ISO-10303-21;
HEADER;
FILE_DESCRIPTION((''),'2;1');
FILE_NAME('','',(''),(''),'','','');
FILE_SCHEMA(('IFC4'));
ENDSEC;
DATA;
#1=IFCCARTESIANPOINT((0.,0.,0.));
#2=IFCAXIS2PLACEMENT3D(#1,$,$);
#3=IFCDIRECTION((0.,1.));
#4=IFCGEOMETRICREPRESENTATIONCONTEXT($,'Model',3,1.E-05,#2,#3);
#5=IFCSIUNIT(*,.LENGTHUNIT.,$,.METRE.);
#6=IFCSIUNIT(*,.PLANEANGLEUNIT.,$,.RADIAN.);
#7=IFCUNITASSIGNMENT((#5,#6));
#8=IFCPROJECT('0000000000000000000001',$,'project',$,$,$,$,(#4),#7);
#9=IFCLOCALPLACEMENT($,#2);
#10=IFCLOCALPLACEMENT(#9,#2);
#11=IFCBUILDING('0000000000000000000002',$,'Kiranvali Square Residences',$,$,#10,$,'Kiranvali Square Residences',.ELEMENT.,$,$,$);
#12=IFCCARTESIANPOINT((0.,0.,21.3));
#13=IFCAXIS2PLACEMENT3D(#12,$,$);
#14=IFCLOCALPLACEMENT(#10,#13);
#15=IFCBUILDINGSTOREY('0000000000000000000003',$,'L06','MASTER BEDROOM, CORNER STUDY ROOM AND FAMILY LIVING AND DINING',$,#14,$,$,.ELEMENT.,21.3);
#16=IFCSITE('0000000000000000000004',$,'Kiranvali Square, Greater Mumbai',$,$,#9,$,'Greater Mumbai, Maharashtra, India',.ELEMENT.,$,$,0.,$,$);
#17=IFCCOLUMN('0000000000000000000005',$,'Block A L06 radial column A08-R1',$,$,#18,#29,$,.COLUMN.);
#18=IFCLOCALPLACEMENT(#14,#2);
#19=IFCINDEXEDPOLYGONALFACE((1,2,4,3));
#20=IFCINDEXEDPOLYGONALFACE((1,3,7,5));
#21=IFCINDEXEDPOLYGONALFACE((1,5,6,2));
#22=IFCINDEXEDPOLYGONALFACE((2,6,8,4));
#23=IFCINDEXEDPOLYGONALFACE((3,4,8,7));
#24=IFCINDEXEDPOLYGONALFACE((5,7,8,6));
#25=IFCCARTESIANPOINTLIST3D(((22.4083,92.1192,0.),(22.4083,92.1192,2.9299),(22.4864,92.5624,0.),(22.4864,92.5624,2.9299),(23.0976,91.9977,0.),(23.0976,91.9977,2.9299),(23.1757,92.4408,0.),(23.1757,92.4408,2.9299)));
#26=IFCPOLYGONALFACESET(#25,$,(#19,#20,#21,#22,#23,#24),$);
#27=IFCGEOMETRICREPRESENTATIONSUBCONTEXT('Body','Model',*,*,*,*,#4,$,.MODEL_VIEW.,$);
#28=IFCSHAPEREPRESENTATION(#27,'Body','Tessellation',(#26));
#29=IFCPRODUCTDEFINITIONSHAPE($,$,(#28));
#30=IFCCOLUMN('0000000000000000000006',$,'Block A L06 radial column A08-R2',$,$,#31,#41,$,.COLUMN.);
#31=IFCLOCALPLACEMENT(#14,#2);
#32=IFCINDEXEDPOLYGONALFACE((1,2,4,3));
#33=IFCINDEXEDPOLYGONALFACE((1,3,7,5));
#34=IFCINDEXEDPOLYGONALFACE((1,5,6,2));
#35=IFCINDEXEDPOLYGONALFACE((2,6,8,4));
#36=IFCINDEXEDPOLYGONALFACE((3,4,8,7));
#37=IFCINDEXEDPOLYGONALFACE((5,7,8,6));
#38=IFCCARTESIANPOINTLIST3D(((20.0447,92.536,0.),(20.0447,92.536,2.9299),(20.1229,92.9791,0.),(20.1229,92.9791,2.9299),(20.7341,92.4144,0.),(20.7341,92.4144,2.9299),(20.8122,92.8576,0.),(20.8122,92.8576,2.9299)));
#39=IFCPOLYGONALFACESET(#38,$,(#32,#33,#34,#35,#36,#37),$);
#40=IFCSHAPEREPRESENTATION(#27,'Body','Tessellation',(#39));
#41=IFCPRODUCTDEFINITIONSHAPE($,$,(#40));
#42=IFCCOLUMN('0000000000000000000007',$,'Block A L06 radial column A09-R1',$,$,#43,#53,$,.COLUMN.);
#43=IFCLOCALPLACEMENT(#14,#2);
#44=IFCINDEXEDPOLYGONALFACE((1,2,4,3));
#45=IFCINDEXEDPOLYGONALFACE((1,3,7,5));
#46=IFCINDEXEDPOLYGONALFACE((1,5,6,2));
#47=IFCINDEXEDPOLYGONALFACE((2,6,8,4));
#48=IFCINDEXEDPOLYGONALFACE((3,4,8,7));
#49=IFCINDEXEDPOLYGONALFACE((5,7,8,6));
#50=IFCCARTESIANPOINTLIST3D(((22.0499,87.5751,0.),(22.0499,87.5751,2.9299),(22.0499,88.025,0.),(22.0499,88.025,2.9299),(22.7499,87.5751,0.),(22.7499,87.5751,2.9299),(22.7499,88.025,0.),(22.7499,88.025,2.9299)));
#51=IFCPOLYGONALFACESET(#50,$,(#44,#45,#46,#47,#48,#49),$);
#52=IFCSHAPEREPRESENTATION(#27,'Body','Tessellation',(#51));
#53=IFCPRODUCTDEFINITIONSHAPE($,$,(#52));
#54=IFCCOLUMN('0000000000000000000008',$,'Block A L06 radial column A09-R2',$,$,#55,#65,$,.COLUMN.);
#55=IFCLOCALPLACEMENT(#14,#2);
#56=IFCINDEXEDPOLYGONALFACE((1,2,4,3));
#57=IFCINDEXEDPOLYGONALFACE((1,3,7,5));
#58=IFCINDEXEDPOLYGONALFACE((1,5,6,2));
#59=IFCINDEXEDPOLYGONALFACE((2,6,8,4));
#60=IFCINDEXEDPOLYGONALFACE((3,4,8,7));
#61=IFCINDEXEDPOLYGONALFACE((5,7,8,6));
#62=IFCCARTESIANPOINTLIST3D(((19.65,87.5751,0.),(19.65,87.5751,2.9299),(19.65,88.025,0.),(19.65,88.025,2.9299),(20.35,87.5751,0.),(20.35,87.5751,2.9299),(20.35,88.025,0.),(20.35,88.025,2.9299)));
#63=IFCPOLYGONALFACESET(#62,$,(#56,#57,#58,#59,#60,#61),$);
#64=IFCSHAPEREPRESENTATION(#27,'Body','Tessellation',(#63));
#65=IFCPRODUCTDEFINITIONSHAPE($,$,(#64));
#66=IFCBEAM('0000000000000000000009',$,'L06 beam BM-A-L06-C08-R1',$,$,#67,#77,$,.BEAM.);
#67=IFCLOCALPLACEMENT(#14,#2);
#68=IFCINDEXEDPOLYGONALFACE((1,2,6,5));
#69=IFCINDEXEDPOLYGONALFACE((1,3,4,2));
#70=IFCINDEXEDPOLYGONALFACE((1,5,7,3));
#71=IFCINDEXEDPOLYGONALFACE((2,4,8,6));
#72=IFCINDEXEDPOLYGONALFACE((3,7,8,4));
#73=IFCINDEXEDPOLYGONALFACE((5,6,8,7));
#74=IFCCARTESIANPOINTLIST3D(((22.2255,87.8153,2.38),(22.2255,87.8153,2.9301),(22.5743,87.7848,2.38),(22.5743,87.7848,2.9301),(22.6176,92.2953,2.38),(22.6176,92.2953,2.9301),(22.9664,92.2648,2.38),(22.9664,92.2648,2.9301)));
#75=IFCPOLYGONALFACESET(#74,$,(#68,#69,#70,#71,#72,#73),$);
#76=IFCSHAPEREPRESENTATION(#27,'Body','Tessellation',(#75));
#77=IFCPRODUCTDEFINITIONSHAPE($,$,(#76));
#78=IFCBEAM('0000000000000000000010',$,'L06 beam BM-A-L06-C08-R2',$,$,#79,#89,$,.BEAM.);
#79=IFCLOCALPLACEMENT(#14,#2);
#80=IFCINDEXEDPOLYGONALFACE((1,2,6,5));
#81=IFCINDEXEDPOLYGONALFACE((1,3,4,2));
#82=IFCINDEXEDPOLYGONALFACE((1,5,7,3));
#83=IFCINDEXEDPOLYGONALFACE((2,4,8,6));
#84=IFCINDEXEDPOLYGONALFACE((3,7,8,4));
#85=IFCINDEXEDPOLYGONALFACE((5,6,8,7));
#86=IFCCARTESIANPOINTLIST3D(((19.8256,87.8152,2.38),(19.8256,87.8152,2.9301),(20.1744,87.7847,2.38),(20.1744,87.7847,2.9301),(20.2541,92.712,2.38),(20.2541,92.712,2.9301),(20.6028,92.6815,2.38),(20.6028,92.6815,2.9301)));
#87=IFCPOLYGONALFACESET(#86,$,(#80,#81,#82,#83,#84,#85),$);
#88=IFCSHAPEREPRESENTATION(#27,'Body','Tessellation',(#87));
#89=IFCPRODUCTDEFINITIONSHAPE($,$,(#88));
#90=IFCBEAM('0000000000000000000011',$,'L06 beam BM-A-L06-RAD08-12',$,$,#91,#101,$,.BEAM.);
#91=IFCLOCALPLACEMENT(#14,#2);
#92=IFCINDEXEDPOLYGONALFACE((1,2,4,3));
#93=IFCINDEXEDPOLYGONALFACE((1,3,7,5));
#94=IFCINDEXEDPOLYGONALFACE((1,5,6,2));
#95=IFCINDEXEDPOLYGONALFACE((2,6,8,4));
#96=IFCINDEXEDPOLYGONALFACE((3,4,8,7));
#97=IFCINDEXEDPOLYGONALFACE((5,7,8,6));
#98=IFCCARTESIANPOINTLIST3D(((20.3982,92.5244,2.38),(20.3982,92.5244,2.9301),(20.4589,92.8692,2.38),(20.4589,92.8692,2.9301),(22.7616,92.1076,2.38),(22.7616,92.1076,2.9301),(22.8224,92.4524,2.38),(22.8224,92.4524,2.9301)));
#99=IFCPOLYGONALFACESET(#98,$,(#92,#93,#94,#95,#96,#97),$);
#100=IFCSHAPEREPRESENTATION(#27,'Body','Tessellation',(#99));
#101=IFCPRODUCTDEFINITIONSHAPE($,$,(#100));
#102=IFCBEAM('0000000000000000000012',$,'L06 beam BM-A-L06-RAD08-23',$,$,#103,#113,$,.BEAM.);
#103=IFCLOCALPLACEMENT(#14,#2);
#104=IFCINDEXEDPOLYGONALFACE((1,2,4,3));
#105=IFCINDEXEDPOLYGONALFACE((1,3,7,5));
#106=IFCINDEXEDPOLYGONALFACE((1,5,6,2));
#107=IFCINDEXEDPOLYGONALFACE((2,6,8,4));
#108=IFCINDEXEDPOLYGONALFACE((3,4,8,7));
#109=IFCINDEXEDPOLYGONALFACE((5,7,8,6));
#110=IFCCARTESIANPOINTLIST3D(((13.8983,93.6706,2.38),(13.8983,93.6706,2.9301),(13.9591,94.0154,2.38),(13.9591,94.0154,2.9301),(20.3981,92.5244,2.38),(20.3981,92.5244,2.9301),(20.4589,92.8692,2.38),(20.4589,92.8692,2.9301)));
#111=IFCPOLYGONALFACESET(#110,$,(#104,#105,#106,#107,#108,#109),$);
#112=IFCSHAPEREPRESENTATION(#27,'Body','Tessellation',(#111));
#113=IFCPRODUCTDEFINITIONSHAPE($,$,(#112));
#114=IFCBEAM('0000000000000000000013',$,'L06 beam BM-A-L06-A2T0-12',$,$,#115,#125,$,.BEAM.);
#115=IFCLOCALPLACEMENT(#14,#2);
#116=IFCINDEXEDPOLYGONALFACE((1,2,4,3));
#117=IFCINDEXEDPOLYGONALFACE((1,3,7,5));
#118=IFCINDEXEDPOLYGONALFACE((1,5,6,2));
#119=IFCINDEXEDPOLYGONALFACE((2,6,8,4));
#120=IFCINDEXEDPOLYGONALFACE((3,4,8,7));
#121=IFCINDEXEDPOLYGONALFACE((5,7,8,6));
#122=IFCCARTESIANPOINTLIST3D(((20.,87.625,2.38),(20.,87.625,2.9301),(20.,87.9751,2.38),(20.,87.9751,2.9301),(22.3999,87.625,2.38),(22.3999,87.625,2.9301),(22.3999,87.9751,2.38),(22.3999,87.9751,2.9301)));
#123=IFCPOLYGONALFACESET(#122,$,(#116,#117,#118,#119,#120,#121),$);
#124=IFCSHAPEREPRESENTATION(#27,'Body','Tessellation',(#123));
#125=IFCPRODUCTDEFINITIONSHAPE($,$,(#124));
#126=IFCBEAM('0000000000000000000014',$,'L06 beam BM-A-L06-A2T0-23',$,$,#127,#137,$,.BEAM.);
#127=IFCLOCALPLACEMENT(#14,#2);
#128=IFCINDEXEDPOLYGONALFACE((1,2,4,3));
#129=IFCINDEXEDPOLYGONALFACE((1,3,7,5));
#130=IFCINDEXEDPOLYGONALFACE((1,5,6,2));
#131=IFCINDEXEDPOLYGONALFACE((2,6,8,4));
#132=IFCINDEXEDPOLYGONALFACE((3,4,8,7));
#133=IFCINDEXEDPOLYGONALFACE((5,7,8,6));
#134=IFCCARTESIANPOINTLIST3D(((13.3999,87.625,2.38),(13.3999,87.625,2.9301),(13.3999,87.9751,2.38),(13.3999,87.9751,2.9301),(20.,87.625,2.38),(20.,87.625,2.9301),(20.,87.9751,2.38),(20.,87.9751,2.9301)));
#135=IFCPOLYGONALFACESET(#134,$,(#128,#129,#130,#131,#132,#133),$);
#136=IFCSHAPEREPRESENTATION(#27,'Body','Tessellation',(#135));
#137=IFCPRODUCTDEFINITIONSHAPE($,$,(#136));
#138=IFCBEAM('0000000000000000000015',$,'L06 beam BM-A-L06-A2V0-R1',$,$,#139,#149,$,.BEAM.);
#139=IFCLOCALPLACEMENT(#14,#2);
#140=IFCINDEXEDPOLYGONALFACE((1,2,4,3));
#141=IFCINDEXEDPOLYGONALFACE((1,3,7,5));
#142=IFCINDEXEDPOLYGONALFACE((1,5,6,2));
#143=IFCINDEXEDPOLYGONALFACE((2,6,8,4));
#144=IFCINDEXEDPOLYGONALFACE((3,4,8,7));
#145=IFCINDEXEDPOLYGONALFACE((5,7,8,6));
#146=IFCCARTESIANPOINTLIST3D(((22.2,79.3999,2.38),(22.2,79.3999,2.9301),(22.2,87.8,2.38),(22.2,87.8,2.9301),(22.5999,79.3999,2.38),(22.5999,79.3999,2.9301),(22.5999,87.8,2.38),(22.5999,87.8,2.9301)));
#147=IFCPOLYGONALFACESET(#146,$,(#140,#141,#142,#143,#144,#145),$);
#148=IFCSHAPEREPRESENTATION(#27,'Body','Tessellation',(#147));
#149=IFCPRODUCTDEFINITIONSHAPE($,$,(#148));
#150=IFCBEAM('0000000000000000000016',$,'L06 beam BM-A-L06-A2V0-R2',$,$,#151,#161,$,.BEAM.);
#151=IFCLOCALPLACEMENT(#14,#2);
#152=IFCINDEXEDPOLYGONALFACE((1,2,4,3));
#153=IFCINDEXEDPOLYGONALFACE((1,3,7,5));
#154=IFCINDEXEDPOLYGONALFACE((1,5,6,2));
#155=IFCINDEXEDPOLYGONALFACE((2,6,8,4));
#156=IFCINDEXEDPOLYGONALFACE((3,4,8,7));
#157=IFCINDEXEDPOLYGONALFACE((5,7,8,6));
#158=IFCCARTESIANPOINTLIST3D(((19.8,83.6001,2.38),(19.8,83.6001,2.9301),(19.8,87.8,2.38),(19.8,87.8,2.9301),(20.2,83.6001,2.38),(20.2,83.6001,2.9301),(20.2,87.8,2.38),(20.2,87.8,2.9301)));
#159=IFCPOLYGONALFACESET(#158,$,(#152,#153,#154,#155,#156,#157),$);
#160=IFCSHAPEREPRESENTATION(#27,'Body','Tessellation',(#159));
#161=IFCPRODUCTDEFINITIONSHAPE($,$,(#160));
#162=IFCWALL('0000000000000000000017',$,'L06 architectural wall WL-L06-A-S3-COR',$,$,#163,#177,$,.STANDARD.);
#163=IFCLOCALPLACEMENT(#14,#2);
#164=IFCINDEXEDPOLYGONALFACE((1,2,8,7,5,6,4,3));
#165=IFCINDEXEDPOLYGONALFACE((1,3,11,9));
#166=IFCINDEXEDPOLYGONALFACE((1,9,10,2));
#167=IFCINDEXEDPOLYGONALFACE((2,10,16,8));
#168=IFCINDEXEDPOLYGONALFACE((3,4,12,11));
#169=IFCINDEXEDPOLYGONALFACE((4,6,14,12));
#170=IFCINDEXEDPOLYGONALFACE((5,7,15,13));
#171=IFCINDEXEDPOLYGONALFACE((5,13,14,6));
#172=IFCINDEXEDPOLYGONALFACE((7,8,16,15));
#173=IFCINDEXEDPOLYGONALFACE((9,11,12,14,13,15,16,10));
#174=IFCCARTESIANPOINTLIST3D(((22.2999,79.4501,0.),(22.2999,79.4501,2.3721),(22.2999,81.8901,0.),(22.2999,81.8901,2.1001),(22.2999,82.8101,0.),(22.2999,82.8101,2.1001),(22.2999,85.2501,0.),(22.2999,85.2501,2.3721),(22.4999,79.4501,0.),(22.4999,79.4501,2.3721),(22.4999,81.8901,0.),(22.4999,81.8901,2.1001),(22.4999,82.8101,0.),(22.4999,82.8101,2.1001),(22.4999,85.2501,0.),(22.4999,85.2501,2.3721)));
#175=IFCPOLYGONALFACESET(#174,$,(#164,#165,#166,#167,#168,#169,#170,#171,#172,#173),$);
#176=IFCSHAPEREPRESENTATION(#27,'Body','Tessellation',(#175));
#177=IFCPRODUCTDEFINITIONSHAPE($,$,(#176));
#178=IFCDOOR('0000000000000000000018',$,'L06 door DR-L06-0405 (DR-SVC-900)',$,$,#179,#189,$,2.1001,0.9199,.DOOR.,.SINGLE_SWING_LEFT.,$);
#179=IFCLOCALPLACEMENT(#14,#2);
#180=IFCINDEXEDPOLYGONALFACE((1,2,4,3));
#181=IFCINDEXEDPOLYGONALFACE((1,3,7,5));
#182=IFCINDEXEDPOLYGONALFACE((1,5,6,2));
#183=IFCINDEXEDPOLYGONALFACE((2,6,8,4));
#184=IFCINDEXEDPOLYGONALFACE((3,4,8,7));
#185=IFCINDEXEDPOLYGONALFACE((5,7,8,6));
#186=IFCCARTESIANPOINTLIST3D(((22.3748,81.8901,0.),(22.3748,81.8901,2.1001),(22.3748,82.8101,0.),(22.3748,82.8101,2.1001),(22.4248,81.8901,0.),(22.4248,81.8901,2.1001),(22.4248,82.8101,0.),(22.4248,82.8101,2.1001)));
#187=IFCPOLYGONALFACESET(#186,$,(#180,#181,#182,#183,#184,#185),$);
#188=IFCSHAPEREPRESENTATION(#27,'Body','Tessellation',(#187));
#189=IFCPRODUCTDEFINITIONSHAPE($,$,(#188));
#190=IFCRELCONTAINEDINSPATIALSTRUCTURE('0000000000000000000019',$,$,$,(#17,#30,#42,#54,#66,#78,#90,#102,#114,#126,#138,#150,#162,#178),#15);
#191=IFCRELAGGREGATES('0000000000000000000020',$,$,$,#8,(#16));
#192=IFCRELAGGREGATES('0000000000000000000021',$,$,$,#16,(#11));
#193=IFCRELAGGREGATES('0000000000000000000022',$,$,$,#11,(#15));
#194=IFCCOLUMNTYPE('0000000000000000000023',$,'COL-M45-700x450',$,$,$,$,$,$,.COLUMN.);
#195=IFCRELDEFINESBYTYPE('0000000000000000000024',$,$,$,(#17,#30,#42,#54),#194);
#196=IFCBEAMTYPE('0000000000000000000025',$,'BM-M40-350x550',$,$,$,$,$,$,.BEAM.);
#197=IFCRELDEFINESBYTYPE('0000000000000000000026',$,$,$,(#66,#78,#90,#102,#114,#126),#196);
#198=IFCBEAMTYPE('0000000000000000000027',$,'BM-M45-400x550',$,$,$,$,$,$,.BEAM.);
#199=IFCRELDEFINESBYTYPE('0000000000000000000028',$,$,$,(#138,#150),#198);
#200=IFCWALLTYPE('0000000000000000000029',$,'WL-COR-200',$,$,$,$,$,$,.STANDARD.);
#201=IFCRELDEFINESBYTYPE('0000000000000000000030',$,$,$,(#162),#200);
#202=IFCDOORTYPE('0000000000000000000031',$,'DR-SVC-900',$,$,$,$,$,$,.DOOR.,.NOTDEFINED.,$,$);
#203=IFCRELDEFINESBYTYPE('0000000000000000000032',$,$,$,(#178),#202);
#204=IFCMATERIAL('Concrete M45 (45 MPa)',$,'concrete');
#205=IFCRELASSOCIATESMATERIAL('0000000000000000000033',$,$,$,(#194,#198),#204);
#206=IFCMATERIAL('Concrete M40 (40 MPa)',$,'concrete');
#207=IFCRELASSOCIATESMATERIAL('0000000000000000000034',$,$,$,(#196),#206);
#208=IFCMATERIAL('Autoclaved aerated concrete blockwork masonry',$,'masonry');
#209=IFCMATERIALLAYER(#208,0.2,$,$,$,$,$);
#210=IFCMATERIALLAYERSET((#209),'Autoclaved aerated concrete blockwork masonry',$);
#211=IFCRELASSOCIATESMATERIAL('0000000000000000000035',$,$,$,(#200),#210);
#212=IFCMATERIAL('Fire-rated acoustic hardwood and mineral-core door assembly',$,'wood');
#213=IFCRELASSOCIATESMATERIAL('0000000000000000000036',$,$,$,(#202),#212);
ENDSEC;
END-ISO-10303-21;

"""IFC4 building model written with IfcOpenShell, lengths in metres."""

from ifc_helpers import new_model, si_unit, direction, frame, frame_2d, origin, origin_2d, place, context, subcontext, project, spatial, rectangle, extrude, material, layer, layer_set, material_profile, profile_set, type_object, element, fill, save


model = new_model("IFC4")

# Units and contexts
model_context = context("Model", 3, precision=1e-05, world=origin(), true_north=direction((0.0, 1.0)))
body_context = subcontext(model_context, "Body", "Model", "MODEL_VIEW")
ifc_project = project(units=[si_unit("LENGTHUNIT", "METRE"), si_unit("PLANEANGLEUNIT", "RADIAN")], contexts=[model_context])

# Site, building, storey
site_placement = place(None, origin())
site = spatial("IfcSite", under=ifc_project, at=site_placement, Name="Kiranvali Square, Greater Mumbai", LongName="Greater Mumbai, Maharashtra, India", CompositionType="ELEMENT", RefElevation=0.0)
building_placement = place(site_placement, origin())
building = spatial("IfcBuilding", under=site, at=building_placement, Name="Kiranvali Square Residences", LongName="Kiranvali Square Residences", CompositionType="ELEMENT")
storey_placement = place(building_placement, frame((0.0, 0.0, 21.3)))
storey = spatial("IfcBuildingStorey", under=building, at=storey_placement, Name="L06", Description="MASTER BEDROOM, CORNER STUDY ROOM AND FAMILY LIVING AND DINING", CompositionType="ELEMENT", Elevation=21.3)

# Columns
ifc_material_1 = material(Name="Concrete M45 (45 MPa)", Category="concrete")
ifc_material_profile_1 = material_profile(ifc_material_1, rectangle(XDim=0.45, YDim=0.7, at=origin_2d()), Name="RC 700x450")
ifc_profile_set_1 = profile_set([ifc_material_profile_1], Name="Concrete M45 (45 MPa)")
column_type = type_object("IfcColumnType", Name="COL-M45-700x450", PredefinedType="COLUMN", material=ifc_profile_set_1)
for number, where, z_axis, x_axis, name in (
    (1, (22.792, 92.28, 0.0), (0.0, 0.0, 1.0), (0.173648, 0.984808, 0.0), "Block A L06 radial column A08-R1"),
    (2, (20.4285, 92.6968, 0.0), (0.0, 0.0, 1.0), (0.173648, 0.984808, 0.0), "Block A L06 radial column A08-R2"),
    (3, (22.3999, 87.8, 0.0), (0.0, 0.0, 1.0), (0.0, 1.0, 0.0), "Block A L06 radial column A09-R1"),
    (4, (20.0, 87.8, 0.0), (0.0, 0.0, 1.0), (0.0, 1.0, 0.0), "Block A L06 radial column A09-R2"),
):
    element("IfcColumn", number, at=place(storey_placement, frame(where, z_axis=z_axis, x_axis=x_axis)), inside=storey, type_object=column_type, Name=name, PredefinedType="COLUMN", context=body_context, shape_type="SweptSolid", body=[
        extrude(rectangle(XDim=0.45, YDim=0.7, at=origin_2d()), origin(), (0.0, 0.0, 1.0), 2.9299),
    ])

# Beams
ifc_material_2 = material(Name="Concrete M40 (40 MPa)", Category="concrete")
ifc_material_profile_2 = material_profile(ifc_material_2, rectangle(XDim=0.3501, YDim=0.55, at=origin_2d()), Name="RC 350x550")
ifc_profile_set_2 = profile_set([ifc_material_profile_2], Name="Concrete M40 (40 MPa)")
beam_type_1 = type_object("IfcBeamType", Name="BM-M40-350x550", PredefinedType="BEAM", material=ifc_profile_set_2)
beam_1_placement = place(storey_placement, frame((22.792, 92.28, 2.655), z_axis=(-0.087187, -0.996192, 0.0), x_axis=(0.996192, -0.087187, 0.0)))
element("IfcBeam", 5, at=beam_1_placement, inside=storey, type_object=beam_type_1, Name="L06 beam BM-A-L06-C08-R1", PredefinedType="BEAM", context=body_context, shape_type="SweptSolid", body=[
    extrude(rectangle(XDim=0.3501, YDim=0.55, at=origin_2d()), origin(), (0.0, 0.0, 1.0), 4.4971),
])
beam_2_placement = place(storey_placement, frame((20.4285, 92.6968, 2.655), z_axis=(-0.087168, -0.996194, 0.0), x_axis=(0.996194, -0.087168, 0.0)))
element("IfcBeam", 6, at=beam_2_placement, inside=storey, type_object=beam_type_1, Name="L06 beam BM-A-L06-C08-R2", PredefinedType="BEAM", context=body_context, shape_type="SweptSolid", body=[
    extrude(rectangle(XDim=0.3501, YDim=0.55, at=origin_2d()), origin(), (0.0, 0.0, 1.0), 4.9155),
])
beam_3_placement = place(storey_placement, frame((22.792, 92.28, 2.655), z_axis=(-0.984808, 0.173646, 0.0), x_axis=(-0.173646, -0.984808, 0.0)))
element("IfcBeam", 7, at=beam_3_placement, inside=storey, type_object=beam_type_1, Name="L06 beam BM-A-L06-RAD08-12", PredefinedType="BEAM", context=body_context, shape_type="SweptSolid", body=[
    extrude(rectangle(XDim=0.3501, YDim=0.55, at=origin_2d()), origin(), (0.0, 0.0, 1.0), 2.3999),
])
beam_4_placement = place(storey_placement, frame((20.4285, 92.6968, 2.655), z_axis=(-0.984804, 0.173671, 0.0), x_axis=(-0.173671, -0.984804, 0.0)))
element("IfcBeam", 8, at=beam_4_placement, inside=storey, type_object=beam_type_1, Name="L06 beam BM-A-L06-RAD08-23", PredefinedType="BEAM", context=body_context, shape_type="SweptSolid", body=[
    extrude(rectangle(XDim=0.3501, YDim=0.55, at=origin_2d()), origin(), (0.0, 0.0, 1.0), 6.6001),
])
beam_5_placement = place(storey_placement, frame((22.3999, 87.8, 2.655), z_axis=(-1.0, 0.0, 0.0), x_axis=(0.0, -1.0, 0.0)))
element("IfcBeam", 9, at=beam_5_placement, inside=storey, type_object=beam_type_1, Name="L06 beam BM-A-L06-A2T0-12", PredefinedType="BEAM", context=body_context, shape_type="SweptSolid", body=[
    extrude(rectangle(XDim=0.3501, YDim=0.55, at=origin_2d()), origin(), (0.0, 0.0, 1.0), 2.3999),
])
beam_6_placement = place(storey_placement, frame((20.0, 87.8, 2.655), z_axis=(-1.0, 0.0, 0.0), x_axis=(0.0, -1.0, 0.0)))
element("IfcBeam", 10, at=beam_6_placement, inside=storey, type_object=beam_type_1, Name="L06 beam BM-A-L06-A2T0-23", PredefinedType="BEAM", context=body_context, shape_type="SweptSolid", body=[
    extrude(rectangle(XDim=0.3501, YDim=0.55, at=origin_2d()), origin(), (0.0, 0.0, 1.0), 6.6001),
])
ifc_material_profile_3 = material_profile(ifc_material_1, rectangle(XDim=0.3999, YDim=0.55, at=origin_2d()), Name="RC 400x550")
ifc_profile_set_3 = profile_set([ifc_material_profile_3], Name="Concrete M45 (45 MPa)")
beam_type_2 = type_object("IfcBeamType", Name="BM-M45-400x550", PredefinedType="BEAM", material=ifc_profile_set_3)
beam_7_placement = place(storey_placement, frame((22.3999, 87.8, 2.655), z_axis=(0.0, -1.0, 0.0), x_axis=(1.0, 0.0, 0.0)))
element("IfcBeam", 11, at=beam_7_placement, inside=storey, type_object=beam_type_2, Name="L06 beam BM-A-L06-A2V0-R1", PredefinedType="BEAM", context=body_context, shape_type="SweptSolid", body=[
    extrude(rectangle(XDim=0.3999, YDim=0.55, at=origin_2d()), origin(), (0.0, 0.0, 1.0), 8.4001),
])
beam_8_placement = place(storey_placement, frame((20.0, 87.8, 2.655), z_axis=(0.0, -1.0, 0.0), x_axis=(1.0, 0.0, 0.0)))
element("IfcBeam", 12, at=beam_8_placement, inside=storey, type_object=beam_type_2, Name="L06 beam BM-A-L06-A2V0-R2", PredefinedType="BEAM", context=body_context, shape_type="SweptSolid", body=[
    extrude(rectangle(XDim=0.3999, YDim=0.55, at=origin_2d()), origin(), (0.0, 0.0, 1.0), 4.2),
])

# Wall, opening, door
ifc_material_3 = material(Name="Autoclaved aerated concrete blockwork masonry", Category="masonry")
ifc_layer_1 = layer(ifc_material_3, 0.2)
ifc_layer_set_1 = layer_set([ifc_layer_1], Name="Autoclaved aerated concrete blockwork masonry")
wall_type_1 = type_object("IfcWallType", Name="WL-COR-200", PredefinedType="STANDARD", material=ifc_layer_set_1)
wall_1_placement = place(storey_placement, frame((22.3999, 85.25, 0.0), z_axis=(0.0, 0.0, 1.0), x_axis=(0.0, -1.0, 0.0)))
wall_1 = element("IfcWall", 13, at=wall_1_placement, inside=storey, type_object=wall_type_1, Name="L06 architectural wall WL-L06-A-S3-COR", PredefinedType="STANDARD", context=body_context, shape_type="SweptSolid", body=[
    extrude(rectangle(XDim=5.8, YDim=0.2, at=frame_2d((2.8999, 0.0))), origin(), (0.0, 0.0, 1.0), 2.3721),
])
opening_1_placement = place(wall_1_placement, frame((2.4399, 0.0, 0.0)))
opening_1 = element("IfcOpeningElement", 14, at=opening_1_placement, cuts=wall_1, PredefinedType="OPENING", context=body_context, shape_type="SweptSolid", body=[
    extrude(rectangle(XDim=0.9199, YDim=2.1001, at=frame_2d((0.46, 1.05))), frame((0.0, 0.1099, 0.0), z_axis=(0.0, -1.0, 0.0), x_axis=(1.0, 0.0, 0.0)), (0.0, 0.0, 1.0), 0.22),
])
ifc_material_4 = material(Name="Fire-rated acoustic hardwood and mineral-core door assembly", Category="wood")
door_type_1 = type_object("IfcDoorType", Name="DR-SVC-900", OperationType="NOTDEFINED", PredefinedType="DOOR", material=ifc_material_4)
door_1_placement = place(opening_1_placement, origin())
door_1 = element("IfcDoor", 15, at=door_1_placement, inside=storey, type_object=door_type_1, Name="L06 door DR-L06-0405 (DR-SVC-900)", OperationType="SINGLE_SWING_LEFT", OverallHeight=2.1001, OverallWidth=0.9199, PredefinedType="DOOR", context=body_context, shape_type="SweptSolid", body=[
    extrude(rectangle(XDim=0.9199, YDim=2.1001, at=frame_2d((0.46, 1.05))), frame((0.0, 0.0249, 0.0), z_axis=(0.0, -1.0, 0.0), x_axis=(1.0, 0.0, 0.0)), (0.0, 0.0, 1.0), 0.05),
])
fill(opening_1, door_1)

save(model, "model.ifc")
